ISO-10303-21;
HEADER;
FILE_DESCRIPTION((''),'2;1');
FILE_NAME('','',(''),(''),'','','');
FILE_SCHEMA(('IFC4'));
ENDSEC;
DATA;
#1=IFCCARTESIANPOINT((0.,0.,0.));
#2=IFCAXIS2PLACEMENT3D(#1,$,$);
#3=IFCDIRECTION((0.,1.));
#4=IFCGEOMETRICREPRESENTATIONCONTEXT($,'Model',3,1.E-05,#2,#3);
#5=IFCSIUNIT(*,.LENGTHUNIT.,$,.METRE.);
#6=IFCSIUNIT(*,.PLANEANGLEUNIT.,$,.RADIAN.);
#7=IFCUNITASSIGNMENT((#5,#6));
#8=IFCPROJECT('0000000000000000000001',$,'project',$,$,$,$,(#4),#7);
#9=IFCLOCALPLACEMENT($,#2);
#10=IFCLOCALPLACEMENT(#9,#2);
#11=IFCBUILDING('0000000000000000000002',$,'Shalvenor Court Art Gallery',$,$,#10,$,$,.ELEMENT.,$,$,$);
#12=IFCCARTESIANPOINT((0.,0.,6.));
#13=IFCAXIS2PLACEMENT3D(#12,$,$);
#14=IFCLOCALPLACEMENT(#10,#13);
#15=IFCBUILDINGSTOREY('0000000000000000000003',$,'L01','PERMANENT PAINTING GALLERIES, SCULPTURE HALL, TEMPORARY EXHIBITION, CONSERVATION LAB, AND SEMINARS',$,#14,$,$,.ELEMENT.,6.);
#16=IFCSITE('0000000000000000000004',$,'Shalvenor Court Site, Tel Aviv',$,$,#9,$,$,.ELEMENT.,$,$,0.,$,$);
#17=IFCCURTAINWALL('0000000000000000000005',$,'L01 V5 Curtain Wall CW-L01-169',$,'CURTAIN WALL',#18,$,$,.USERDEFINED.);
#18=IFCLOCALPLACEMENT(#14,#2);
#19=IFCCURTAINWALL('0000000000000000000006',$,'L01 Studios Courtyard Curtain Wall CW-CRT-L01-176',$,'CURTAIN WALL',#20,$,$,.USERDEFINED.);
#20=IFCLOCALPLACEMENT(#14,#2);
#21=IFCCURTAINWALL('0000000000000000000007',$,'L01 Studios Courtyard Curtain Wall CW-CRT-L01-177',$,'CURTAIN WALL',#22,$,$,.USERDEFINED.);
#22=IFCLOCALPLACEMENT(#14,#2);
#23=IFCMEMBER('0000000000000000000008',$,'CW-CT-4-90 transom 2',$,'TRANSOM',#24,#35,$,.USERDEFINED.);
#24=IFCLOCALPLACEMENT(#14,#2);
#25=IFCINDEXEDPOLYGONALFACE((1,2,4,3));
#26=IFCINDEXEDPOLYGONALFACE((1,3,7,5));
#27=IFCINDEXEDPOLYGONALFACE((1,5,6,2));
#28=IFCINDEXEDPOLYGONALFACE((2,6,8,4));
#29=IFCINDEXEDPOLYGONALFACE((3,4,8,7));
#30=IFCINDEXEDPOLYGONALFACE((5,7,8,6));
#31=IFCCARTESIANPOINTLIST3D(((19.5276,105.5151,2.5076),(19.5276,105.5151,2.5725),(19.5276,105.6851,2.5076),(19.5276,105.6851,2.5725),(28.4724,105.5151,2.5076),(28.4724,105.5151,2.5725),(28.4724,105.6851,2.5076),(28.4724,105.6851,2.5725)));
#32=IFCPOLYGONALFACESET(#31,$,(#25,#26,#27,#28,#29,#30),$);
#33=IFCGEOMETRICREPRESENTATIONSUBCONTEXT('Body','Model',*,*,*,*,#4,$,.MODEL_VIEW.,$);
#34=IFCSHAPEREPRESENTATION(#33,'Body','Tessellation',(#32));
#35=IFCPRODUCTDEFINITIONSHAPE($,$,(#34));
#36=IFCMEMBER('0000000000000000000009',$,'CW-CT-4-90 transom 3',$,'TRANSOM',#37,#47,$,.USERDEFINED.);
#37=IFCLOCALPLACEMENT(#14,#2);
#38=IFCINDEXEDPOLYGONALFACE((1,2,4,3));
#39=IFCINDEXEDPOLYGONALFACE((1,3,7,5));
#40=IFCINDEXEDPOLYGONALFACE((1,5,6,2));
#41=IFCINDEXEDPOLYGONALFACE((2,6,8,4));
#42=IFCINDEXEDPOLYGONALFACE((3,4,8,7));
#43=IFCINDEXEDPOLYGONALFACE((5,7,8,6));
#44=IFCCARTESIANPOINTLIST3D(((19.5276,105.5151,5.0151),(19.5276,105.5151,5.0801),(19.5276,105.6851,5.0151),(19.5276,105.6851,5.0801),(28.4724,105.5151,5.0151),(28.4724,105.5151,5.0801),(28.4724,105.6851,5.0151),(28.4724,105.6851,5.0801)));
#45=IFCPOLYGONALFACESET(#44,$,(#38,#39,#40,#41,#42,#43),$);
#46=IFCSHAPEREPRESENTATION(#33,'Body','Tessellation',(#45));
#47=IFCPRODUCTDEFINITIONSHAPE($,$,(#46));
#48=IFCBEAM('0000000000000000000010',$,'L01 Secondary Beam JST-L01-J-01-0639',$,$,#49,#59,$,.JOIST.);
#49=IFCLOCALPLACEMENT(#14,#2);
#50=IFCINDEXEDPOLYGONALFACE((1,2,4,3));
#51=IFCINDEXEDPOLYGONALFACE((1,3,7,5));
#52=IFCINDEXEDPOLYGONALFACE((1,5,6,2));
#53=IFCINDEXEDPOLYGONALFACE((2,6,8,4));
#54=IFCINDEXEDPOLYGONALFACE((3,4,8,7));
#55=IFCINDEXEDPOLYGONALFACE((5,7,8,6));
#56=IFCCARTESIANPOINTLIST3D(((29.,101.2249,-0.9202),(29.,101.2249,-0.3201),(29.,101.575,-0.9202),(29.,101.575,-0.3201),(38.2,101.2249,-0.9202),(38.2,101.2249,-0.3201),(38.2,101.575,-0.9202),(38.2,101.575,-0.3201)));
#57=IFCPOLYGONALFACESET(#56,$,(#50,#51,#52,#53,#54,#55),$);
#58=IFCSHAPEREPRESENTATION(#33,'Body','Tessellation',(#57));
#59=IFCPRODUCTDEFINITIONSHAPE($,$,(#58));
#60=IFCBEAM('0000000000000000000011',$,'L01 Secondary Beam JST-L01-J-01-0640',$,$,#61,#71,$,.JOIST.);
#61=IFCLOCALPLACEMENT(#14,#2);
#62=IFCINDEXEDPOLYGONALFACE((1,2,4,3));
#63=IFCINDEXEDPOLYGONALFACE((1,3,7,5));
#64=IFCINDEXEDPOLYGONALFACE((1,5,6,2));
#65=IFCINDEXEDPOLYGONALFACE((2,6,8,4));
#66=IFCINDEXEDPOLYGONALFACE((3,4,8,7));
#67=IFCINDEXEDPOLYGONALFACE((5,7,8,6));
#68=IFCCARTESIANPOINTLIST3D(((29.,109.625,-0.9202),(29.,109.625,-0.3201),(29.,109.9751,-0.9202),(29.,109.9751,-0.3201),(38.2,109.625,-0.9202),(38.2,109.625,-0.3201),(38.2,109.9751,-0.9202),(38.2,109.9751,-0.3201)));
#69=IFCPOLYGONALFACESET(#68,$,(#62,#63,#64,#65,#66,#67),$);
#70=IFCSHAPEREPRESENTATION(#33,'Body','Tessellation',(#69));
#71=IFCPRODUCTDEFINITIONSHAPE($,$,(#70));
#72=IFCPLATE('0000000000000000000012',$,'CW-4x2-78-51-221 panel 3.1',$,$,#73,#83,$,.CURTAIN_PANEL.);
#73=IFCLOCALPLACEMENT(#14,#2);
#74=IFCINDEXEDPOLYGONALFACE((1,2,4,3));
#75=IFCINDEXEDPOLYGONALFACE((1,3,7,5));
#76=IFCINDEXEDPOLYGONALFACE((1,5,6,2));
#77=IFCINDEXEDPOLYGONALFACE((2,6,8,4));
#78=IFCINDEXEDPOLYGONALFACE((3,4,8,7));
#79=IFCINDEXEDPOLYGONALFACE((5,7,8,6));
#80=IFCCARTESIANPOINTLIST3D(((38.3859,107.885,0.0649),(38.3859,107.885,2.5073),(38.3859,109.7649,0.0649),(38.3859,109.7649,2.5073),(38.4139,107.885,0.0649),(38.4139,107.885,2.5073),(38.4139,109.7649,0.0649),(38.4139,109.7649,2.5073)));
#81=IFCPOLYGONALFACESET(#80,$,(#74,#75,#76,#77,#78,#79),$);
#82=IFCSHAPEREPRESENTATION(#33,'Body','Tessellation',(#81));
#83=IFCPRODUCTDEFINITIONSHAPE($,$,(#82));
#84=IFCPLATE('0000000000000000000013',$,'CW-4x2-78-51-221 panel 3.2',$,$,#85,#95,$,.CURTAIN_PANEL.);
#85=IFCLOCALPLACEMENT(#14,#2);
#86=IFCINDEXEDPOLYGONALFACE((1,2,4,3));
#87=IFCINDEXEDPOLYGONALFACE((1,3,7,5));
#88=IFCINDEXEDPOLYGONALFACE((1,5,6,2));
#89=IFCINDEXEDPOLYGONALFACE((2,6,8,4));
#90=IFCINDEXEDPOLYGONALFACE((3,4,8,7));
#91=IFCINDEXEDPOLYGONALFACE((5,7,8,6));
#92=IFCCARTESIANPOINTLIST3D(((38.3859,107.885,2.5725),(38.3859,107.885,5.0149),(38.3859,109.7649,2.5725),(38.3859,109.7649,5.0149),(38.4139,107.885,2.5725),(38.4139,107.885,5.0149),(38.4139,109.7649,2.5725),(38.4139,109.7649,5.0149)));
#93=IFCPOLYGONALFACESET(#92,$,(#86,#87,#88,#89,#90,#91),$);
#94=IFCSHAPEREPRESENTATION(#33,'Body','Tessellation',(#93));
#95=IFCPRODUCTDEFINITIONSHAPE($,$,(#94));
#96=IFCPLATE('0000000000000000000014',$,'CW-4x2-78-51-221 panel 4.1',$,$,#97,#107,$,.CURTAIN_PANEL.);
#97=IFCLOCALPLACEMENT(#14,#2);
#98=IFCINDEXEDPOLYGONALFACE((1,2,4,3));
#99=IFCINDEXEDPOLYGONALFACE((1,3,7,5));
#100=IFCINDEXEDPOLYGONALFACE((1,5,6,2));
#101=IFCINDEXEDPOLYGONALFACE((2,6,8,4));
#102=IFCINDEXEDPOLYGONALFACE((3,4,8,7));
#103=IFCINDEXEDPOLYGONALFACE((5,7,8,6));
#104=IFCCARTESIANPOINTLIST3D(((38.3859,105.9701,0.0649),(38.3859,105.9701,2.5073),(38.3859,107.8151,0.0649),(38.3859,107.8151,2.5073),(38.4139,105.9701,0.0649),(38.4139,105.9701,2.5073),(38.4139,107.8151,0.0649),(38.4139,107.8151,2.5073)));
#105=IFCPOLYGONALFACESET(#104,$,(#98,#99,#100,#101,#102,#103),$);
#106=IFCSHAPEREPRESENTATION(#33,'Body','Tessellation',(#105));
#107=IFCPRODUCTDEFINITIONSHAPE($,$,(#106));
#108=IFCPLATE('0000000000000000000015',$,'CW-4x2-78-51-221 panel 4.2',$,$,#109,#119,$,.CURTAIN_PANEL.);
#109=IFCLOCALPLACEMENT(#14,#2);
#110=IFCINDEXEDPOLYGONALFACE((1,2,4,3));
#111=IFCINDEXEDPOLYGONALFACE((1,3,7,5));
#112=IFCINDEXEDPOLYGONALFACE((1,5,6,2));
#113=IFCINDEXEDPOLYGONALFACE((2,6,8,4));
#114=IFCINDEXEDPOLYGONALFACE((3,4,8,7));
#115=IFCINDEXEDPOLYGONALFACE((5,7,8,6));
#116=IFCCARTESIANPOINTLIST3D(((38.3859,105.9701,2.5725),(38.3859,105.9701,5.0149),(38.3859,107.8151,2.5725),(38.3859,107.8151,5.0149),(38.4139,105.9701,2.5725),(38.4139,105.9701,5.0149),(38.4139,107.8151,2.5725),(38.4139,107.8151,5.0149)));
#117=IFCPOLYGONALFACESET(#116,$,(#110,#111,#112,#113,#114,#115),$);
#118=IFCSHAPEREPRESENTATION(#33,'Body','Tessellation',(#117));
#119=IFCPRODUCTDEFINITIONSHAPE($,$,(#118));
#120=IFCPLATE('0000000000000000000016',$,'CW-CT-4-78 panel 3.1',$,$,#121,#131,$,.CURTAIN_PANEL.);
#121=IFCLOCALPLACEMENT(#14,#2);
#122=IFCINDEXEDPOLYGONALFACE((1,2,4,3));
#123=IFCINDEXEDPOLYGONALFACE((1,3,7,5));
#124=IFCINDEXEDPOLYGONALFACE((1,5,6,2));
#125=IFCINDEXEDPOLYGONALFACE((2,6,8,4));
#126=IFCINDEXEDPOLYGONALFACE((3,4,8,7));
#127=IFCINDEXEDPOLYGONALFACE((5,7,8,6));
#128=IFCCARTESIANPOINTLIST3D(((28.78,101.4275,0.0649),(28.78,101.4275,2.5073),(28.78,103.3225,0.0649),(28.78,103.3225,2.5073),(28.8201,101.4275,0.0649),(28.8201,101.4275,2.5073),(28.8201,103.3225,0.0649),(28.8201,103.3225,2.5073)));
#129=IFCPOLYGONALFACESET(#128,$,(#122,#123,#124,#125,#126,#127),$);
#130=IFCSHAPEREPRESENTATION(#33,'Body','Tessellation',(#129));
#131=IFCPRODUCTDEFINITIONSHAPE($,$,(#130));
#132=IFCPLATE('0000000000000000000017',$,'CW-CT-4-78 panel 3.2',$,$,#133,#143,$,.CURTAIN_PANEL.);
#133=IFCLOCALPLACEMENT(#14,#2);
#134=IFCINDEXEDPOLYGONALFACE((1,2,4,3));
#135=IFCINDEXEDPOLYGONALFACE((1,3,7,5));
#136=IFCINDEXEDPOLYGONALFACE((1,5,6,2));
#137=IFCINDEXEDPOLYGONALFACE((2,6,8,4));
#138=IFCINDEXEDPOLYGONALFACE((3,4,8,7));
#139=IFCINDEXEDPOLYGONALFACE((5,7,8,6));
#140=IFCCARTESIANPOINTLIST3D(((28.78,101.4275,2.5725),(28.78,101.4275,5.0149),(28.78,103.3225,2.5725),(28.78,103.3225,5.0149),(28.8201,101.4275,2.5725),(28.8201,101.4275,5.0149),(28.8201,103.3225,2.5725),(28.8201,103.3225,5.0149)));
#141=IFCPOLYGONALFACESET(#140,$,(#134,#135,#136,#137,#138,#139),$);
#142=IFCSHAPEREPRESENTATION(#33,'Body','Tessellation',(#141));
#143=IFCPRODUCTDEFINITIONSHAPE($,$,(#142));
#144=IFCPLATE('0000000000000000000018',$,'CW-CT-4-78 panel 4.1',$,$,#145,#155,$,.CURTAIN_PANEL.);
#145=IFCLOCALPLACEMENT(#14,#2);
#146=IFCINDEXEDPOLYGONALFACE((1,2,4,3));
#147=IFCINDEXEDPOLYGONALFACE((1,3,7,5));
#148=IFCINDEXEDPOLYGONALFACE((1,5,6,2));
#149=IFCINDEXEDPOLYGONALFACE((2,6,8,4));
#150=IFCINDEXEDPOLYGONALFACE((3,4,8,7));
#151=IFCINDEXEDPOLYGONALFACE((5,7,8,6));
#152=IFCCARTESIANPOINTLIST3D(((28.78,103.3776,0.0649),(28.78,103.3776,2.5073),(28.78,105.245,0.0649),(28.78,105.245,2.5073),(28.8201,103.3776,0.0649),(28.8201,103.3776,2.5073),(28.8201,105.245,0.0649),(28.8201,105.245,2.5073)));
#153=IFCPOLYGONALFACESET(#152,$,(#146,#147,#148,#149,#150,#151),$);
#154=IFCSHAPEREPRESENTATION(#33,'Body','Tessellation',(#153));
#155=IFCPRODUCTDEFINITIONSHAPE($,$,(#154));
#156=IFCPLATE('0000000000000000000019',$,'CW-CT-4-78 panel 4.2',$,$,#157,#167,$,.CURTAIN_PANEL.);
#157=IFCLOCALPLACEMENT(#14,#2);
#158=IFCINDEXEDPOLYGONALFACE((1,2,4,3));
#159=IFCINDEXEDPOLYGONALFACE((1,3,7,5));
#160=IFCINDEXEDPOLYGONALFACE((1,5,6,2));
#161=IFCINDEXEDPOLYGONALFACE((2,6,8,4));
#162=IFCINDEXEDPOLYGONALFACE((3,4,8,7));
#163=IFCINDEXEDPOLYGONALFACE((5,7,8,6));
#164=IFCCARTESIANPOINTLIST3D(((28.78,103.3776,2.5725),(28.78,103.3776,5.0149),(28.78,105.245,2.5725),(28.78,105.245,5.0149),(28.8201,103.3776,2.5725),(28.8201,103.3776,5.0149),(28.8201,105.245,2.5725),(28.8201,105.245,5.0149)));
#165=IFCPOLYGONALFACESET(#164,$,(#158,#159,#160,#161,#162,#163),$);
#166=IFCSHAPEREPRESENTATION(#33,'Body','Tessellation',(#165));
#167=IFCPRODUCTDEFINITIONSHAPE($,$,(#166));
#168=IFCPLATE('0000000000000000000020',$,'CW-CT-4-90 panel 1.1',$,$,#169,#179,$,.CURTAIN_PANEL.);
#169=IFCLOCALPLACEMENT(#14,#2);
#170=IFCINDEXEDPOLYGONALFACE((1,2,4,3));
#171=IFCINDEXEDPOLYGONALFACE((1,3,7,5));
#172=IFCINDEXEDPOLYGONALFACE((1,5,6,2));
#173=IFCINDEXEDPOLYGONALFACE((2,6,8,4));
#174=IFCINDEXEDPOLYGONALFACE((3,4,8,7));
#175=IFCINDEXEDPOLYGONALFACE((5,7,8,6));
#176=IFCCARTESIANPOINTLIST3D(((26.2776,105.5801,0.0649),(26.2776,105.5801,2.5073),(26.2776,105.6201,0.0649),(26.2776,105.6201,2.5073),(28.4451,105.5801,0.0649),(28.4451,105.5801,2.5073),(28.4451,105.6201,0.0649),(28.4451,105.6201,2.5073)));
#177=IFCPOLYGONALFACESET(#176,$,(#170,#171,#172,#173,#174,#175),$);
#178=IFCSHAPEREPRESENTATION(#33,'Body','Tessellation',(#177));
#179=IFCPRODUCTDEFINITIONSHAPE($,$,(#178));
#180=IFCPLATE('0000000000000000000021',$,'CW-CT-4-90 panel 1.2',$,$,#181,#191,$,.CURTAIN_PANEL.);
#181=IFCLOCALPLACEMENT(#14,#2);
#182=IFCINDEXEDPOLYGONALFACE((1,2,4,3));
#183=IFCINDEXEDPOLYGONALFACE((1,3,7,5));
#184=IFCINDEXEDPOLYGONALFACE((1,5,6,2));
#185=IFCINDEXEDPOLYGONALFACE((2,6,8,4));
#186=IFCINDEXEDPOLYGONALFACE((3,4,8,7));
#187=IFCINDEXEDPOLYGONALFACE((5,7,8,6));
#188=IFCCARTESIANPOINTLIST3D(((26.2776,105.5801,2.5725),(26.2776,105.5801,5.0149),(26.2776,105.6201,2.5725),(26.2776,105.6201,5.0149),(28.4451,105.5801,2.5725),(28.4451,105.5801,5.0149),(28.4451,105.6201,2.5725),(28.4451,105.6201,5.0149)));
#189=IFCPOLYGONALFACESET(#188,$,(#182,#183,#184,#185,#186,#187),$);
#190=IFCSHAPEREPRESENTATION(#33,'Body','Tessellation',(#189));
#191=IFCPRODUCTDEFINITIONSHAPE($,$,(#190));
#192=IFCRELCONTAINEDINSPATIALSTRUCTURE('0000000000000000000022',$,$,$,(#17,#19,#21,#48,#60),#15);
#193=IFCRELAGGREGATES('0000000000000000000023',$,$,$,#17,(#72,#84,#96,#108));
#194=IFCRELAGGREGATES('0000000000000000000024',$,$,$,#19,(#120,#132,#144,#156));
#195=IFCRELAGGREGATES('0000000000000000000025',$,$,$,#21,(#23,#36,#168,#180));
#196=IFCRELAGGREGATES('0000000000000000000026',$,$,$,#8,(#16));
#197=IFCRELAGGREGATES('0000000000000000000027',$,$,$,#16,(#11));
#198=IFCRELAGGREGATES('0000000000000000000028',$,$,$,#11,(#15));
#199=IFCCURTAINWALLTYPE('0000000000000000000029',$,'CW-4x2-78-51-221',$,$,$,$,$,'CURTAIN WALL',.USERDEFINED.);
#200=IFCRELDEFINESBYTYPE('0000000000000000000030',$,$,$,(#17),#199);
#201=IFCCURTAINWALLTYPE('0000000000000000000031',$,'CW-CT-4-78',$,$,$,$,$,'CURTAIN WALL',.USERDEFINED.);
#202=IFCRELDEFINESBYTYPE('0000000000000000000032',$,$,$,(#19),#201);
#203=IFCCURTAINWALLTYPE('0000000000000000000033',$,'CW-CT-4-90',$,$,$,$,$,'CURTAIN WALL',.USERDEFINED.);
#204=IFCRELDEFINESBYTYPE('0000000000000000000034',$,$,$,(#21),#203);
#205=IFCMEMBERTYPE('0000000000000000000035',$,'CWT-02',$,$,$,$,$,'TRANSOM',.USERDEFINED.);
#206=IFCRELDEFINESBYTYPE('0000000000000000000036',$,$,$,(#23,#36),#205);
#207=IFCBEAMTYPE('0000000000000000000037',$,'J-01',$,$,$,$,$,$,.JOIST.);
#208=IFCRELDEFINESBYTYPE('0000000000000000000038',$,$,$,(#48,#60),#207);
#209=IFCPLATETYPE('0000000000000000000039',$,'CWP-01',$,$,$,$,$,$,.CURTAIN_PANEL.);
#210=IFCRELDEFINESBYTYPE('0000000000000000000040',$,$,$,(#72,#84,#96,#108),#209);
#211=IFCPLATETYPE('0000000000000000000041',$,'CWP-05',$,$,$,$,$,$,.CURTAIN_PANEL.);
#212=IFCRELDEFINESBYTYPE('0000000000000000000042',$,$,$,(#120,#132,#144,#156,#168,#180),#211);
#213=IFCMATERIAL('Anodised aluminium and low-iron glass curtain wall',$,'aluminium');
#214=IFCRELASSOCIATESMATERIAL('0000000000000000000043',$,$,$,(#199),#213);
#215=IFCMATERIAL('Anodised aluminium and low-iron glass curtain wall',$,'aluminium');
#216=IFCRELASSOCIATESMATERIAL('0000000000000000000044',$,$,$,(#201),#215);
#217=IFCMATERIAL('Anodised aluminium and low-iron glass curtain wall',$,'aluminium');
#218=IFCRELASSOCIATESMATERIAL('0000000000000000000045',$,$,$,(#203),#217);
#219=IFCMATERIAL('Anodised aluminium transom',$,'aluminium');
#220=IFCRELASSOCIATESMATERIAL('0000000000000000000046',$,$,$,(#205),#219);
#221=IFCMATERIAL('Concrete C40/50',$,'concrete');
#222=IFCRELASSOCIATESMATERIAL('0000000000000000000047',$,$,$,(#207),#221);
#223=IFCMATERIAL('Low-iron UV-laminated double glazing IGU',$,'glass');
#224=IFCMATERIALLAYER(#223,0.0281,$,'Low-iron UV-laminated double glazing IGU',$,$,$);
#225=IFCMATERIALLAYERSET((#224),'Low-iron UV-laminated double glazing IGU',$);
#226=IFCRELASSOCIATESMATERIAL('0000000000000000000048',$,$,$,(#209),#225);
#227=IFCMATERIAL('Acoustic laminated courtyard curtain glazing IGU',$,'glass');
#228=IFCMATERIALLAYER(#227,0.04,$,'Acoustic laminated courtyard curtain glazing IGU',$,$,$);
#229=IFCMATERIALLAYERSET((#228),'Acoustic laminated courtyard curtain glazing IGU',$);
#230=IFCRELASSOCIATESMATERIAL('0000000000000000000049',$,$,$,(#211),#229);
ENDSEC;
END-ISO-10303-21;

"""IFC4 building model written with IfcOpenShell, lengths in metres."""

from ifc_helpers import new_model, si_unit, direction, frame, origin, origin_2d, place, context, subcontext, project, spatial, rectangle, extrude, material, layer, layer_set, material_profile, profile_set, type_object, element, aggregate, save


model = new_model("IFC4")

# Units and contexts
model_context = context("Model", 3, precision=1e-05, world=origin(), true_north=direction((0.0, 1.0)))
body_context = subcontext(model_context, "Body", "Model", "MODEL_VIEW")
ifc_project = project(units=[si_unit("LENGTHUNIT", "METRE"), si_unit("PLANEANGLEUNIT", "RADIAN")], contexts=[model_context])

# Site, building, storey
site_placement = place(None, origin())
site = spatial("IfcSite", under=ifc_project, at=site_placement, Name="Shalvenor Court Site, Tel Aviv", CompositionType="ELEMENT", RefElevation=0.0)
building_placement = place(site_placement, origin())
building = spatial("IfcBuilding", under=site, at=building_placement, Name="Shalvenor Court Art Gallery", CompositionType="ELEMENT")
storey_placement = place(building_placement, frame((0.0, 0.0, 6.0)))
storey = spatial("IfcBuildingStorey", under=building, at=storey_placement, Name="L01", Description="PERMANENT PAINTING GALLERIES, SCULPTURE HALL, TEMPORARY EXHIBITION, CONSERVATION LAB, AND SEMINARS", CompositionType="ELEMENT", Elevation=6.0)

# Curtain walls, members
ifc_material_1 = material(Name="Anodised aluminium and low-iron glass curtain wall", Category="aluminium")
curtain_wall_type_1 = type_object("IfcCurtainWallType", Name="CW-4x2-78-51-221", ElementType="CURTAIN WALL", PredefinedType="USERDEFINED", material=ifc_material_1)
curtain_wall_1_placement = place(storey_placement, origin())
curtain_wall_1 = element("IfcCurtainWall", 1, at=curtain_wall_1_placement, inside=storey, type_object=curtain_wall_type_1, Name="L01 V5 Curtain Wall CW-L01-169", ObjectType="CURTAIN WALL", PredefinedType="USERDEFINED")
ifc_material_2 = material(Name="Anodised aluminium and low-iron glass curtain wall", Category="aluminium")
curtain_wall_type_2 = type_object("IfcCurtainWallType", Name="CW-CT-4-78", ElementType="CURTAIN WALL", PredefinedType="USERDEFINED", material=ifc_material_2)
curtain_wall_2_placement = place(storey_placement, origin())
curtain_wall_2 = element("IfcCurtainWall", 2, at=curtain_wall_2_placement, inside=storey, type_object=curtain_wall_type_2, Name="L01 Studios Courtyard Curtain Wall CW-CRT-L01-176", ObjectType="CURTAIN WALL", PredefinedType="USERDEFINED")
ifc_material_3 = material(Name="Anodised aluminium and low-iron glass curtain wall", Category="aluminium")
curtain_wall_type_3 = type_object("IfcCurtainWallType", Name="CW-CT-4-90", ElementType="CURTAIN WALL", PredefinedType="USERDEFINED", material=ifc_material_3)
curtain_wall_3_placement = place(storey_placement, origin())
curtain_wall_3 = element("IfcCurtainWall", 3, at=curtain_wall_3_placement, inside=storey, type_object=curtain_wall_type_3, Name="L01 Studios Courtyard Curtain Wall CW-CRT-L01-177", ObjectType="CURTAIN WALL", PredefinedType="USERDEFINED")
ifc_material_4 = material(Name="Anodised aluminium transom", Category="aluminium")
ifc_material_profile_1 = material_profile(ifc_material_4, rectangle(XDim=0.1699, YDim=0.0649, at=origin_2d()), Name="CWT-02")
ifc_profile_set_1 = profile_set([ifc_material_profile_1], Name="Anodised aluminium transom")
member_type_1 = type_object("IfcMemberType", Name="CWT-02", ElementType="TRANSOM", PredefinedType="USERDEFINED", material=ifc_profile_set_1)
member_1_placement = place(storey_placement, frame((28.4724, 105.6001, 2.54), z_axis=(-1.0, 0.0, 0.0), x_axis=(0.0, -1.0, 0.0)))
member_1 = element("IfcMember", 4, at=member_1_placement, type_object=member_type_1, Name="CW-CT-4-90 transom 2", ObjectType="TRANSOM", PredefinedType="USERDEFINED", context=body_context, shape_type="SweptSolid", body=[
    extrude(rectangle(XDim=0.1699, YDim=0.0649, at=origin_2d()), origin(), (0.0, 0.0, 1.0), 8.9448),
])
member_2_placement = place(storey_placement, frame((28.4724, 105.6001, 5.0476), z_axis=(-1.0, 0.0, 0.0), x_axis=(0.0, -1.0, 0.0)))
member_2 = element("IfcMember", 5, at=member_2_placement, type_object=member_type_1, Name="CW-CT-4-90 transom 3", ObjectType="TRANSOM", PredefinedType="USERDEFINED", context=body_context, shape_type="SweptSolid", body=[
    extrude(rectangle(XDim=0.1699, YDim=0.0649, at=origin_2d()), origin(), (0.0, 0.0, 1.0), 8.9448),
])

# Beams
ifc_material_5 = material(Name="Concrete C40/50", Category="concrete")
ifc_material_profile_2 = material_profile(ifc_material_5, rectangle(XDim=0.3501, YDim=0.6001, at=origin_2d()), Name="RC 350x600")
ifc_profile_set_2 = profile_set([ifc_material_profile_2], Name="Concrete C40/50")
beam_type_1 = type_object("IfcBeamType", Name="J-01", PredefinedType="JOIST", material=ifc_profile_set_2)
for number, where, z_axis, x_axis, name in (
    (6, (29.0, 101.3999, -0.6201), (1.0, 0.0, 0.0), (0.0, 1.0, 0.0), "L01 Secondary Beam JST-L01-J-01-0639"),
    (7, (29.0, 109.8, -0.6201), (1.0, 0.0, 0.0), (0.0, 1.0, 0.0), "L01 Secondary Beam JST-L01-J-01-0640"),
):
    element("IfcBeam", number, at=place(storey_placement, frame(where, z_axis=z_axis, x_axis=x_axis)), inside=storey, type_object=beam_type_1, Name=name, PredefinedType="JOIST", context=body_context, shape_type="SweptSolid", body=[
        extrude(rectangle(XDim=0.3501, YDim=0.6001, at=origin_2d()), origin(), (0.0, 0.0, 1.0), 9.2),
    ])

# Plates
ifc_material_6 = material(Name="Low-iron UV-laminated double glazing IGU", Category="glass")
ifc_layer_1 = layer(ifc_material_6, 0.0281, Name="Low-iron UV-laminated double glazing IGU")
ifc_layer_set_1 = layer_set([ifc_layer_1], Name="Low-iron UV-laminated double glazing IGU")
plate_type_1 = type_object("IfcPlateType", Name="CWP-01", PredefinedType="CURTAIN_PANEL", material=ifc_layer_set_1)
plate_1_placement = place(storey_placement, frame((38.3999, 108.825, 0.0649), z_axis=(0.0, 0.0, 1.0), x_axis=(0.0, -1.0, 0.0)))
plate_1 = element("IfcPlate", 8, at=plate_1_placement, type_object=plate_type_1, Name="CW-4x2-78-51-221 panel 3.1", PredefinedType="CURTAIN_PANEL", context=body_context, shape_type="SweptSolid", body=[
    extrude(rectangle(XDim=1.8799, YDim=0.0281, at=origin_2d()), origin(), (0.0, 0.0, 1.0), 2.4424),
])
plate_2_placement = place(storey_placement, frame((38.3999, 108.825, 2.5725), z_axis=(0.0, 0.0, 1.0), x_axis=(0.0, -1.0, 0.0)))
plate_2 = element("IfcPlate", 9, at=plate_2_placement, type_object=plate_type_1, Name="CW-4x2-78-51-221 panel 3.2", PredefinedType="CURTAIN_PANEL", context=body_context, shape_type="SweptSolid", body=[
    extrude(rectangle(XDim=1.8799, YDim=0.0281, at=origin_2d()), origin(), (0.0, 0.0, 1.0), 2.4424),
])
plate_3_placement = place(storey_placement, frame((38.3999, 106.8926, 0.0649), z_axis=(0.0, 0.0, 1.0), x_axis=(0.0, -1.0, 0.0)))
plate_3 = element("IfcPlate", 10, at=plate_3_placement, type_object=plate_type_1, Name="CW-4x2-78-51-221 panel 4.1", PredefinedType="CURTAIN_PANEL", context=body_context, shape_type="SweptSolid", body=[
    extrude(rectangle(XDim=1.845, YDim=0.0281, at=origin_2d()), origin(), (0.0, 0.0, 1.0), 2.4424),
])
plate_4_placement = place(storey_placement, frame((38.3999, 106.8926, 2.5725), z_axis=(0.0, 0.0, 1.0), x_axis=(0.0, -1.0, 0.0)))
plate_4 = element("IfcPlate", 11, at=plate_4_placement, type_object=plate_type_1, Name="CW-4x2-78-51-221 panel 4.2", PredefinedType="CURTAIN_PANEL", context=body_context, shape_type="SweptSolid", body=[
    extrude(rectangle(XDim=1.845, YDim=0.0281, at=origin_2d()), origin(), (0.0, 0.0, 1.0), 2.4424),
])
aggregate(curtain_wall_1, [plate_1, plate_2, plate_3, plate_4])
ifc_material_7 = material(Name="Acoustic laminated courtyard curtain glazing IGU", Category="glass")
ifc_layer_2 = layer(ifc_material_7, 0.04, Name="Acoustic laminated courtyard curtain glazing IGU")
ifc_layer_set_2 = layer_set([ifc_layer_2], Name="Acoustic laminated courtyard curtain glazing IGU")
plate_type_2 = type_object("IfcPlateType", Name="CWP-05", PredefinedType="CURTAIN_PANEL", material=ifc_layer_set_2)
plate_5_placement = place(storey_placement, frame((28.8, 102.375, 0.0649), z_axis=(0.0, 0.0, 1.0), x_axis=(0.0, 1.0, 0.0)))
plate_5 = element("IfcPlate", 12, at=plate_5_placement, type_object=plate_type_2, Name="CW-CT-4-78 panel 3.1", PredefinedType="CURTAIN_PANEL", context=body_context, shape_type="SweptSolid", body=[
    extrude(rectangle(XDim=1.895, YDim=0.04, at=origin_2d()), origin(), (0.0, 0.0, 1.0), 2.4424),
])
plate_6_placement = place(storey_placement, frame((28.8, 102.375, 2.5725), z_axis=(0.0, 0.0, 1.0), x_axis=(0.0, 1.0, 0.0)))
plate_6 = element("IfcPlate", 13, at=plate_6_placement, type_object=plate_type_2, Name="CW-CT-4-78 panel 3.2", PredefinedType="CURTAIN_PANEL", context=body_context, shape_type="SweptSolid", body=[
    extrude(rectangle(XDim=1.895, YDim=0.04, at=origin_2d()), origin(), (0.0, 0.0, 1.0), 2.4424),
])
plate_7_placement = place(storey_placement, frame((28.8, 104.3113, 0.0649), z_axis=(0.0, 0.0, 1.0), x_axis=(0.0, 1.0, 0.0)))
plate_7 = element("IfcPlate", 14, at=plate_7_placement, type_object=plate_type_2, Name="CW-CT-4-78 panel 4.1", PredefinedType="CURTAIN_PANEL", context=body_context, shape_type="SweptSolid", body=[
    extrude(rectangle(XDim=1.8674, YDim=0.04, at=origin_2d()), origin(), (0.0, 0.0, 1.0), 2.4424),
])
plate_8_placement = place(storey_placement, frame((28.8, 104.3113, 2.5725), z_axis=(0.0, 0.0, 1.0), x_axis=(0.0, 1.0, 0.0)))
plate_8 = element("IfcPlate", 15, at=plate_8_placement, type_object=plate_type_2, Name="CW-CT-4-78 panel 4.2", PredefinedType="CURTAIN_PANEL", context=body_context, shape_type="SweptSolid", body=[
    extrude(rectangle(XDim=1.8674, YDim=0.04, at=origin_2d()), origin(), (0.0, 0.0, 1.0), 2.4424),
])
aggregate(curtain_wall_2, [plate_5, plate_6, plate_7, plate_8])
plate_9_placement = place(storey_placement, frame((27.3613, 105.6001, 0.0649), z_axis=(0.0, 0.0, 1.0), x_axis=(-1.0, 0.0, 0.0)))
plate_9 = element("IfcPlate", 16, at=plate_9_placement, type_object=plate_type_2, Name="CW-CT-4-90 panel 1.1", PredefinedType="CURTAIN_PANEL", context=body_context, shape_type="SweptSolid", body=[
    extrude(rectangle(XDim=2.1675, YDim=0.04, at=origin_2d()), origin(), (0.0, 0.0, 1.0), 2.4424),
])
plate_10_placement = place(storey_placement, frame((27.3613, 105.6001, 2.5725), z_axis=(0.0, 0.0, 1.0), x_axis=(-1.0, 0.0, 0.0)))
plate_10 = element("IfcPlate", 17, at=plate_10_placement, type_object=plate_type_2, Name="CW-CT-4-90 panel 1.2", PredefinedType="CURTAIN_PANEL", context=body_context, shape_type="SweptSolid", body=[
    extrude(rectangle(XDim=2.1675, YDim=0.04, at=origin_2d()), origin(), (0.0, 0.0, 1.0), 2.4424),
])
aggregate(curtain_wall_3, [member_1, member_2, plate_9, plate_10])

save(model, "model.ifc")
